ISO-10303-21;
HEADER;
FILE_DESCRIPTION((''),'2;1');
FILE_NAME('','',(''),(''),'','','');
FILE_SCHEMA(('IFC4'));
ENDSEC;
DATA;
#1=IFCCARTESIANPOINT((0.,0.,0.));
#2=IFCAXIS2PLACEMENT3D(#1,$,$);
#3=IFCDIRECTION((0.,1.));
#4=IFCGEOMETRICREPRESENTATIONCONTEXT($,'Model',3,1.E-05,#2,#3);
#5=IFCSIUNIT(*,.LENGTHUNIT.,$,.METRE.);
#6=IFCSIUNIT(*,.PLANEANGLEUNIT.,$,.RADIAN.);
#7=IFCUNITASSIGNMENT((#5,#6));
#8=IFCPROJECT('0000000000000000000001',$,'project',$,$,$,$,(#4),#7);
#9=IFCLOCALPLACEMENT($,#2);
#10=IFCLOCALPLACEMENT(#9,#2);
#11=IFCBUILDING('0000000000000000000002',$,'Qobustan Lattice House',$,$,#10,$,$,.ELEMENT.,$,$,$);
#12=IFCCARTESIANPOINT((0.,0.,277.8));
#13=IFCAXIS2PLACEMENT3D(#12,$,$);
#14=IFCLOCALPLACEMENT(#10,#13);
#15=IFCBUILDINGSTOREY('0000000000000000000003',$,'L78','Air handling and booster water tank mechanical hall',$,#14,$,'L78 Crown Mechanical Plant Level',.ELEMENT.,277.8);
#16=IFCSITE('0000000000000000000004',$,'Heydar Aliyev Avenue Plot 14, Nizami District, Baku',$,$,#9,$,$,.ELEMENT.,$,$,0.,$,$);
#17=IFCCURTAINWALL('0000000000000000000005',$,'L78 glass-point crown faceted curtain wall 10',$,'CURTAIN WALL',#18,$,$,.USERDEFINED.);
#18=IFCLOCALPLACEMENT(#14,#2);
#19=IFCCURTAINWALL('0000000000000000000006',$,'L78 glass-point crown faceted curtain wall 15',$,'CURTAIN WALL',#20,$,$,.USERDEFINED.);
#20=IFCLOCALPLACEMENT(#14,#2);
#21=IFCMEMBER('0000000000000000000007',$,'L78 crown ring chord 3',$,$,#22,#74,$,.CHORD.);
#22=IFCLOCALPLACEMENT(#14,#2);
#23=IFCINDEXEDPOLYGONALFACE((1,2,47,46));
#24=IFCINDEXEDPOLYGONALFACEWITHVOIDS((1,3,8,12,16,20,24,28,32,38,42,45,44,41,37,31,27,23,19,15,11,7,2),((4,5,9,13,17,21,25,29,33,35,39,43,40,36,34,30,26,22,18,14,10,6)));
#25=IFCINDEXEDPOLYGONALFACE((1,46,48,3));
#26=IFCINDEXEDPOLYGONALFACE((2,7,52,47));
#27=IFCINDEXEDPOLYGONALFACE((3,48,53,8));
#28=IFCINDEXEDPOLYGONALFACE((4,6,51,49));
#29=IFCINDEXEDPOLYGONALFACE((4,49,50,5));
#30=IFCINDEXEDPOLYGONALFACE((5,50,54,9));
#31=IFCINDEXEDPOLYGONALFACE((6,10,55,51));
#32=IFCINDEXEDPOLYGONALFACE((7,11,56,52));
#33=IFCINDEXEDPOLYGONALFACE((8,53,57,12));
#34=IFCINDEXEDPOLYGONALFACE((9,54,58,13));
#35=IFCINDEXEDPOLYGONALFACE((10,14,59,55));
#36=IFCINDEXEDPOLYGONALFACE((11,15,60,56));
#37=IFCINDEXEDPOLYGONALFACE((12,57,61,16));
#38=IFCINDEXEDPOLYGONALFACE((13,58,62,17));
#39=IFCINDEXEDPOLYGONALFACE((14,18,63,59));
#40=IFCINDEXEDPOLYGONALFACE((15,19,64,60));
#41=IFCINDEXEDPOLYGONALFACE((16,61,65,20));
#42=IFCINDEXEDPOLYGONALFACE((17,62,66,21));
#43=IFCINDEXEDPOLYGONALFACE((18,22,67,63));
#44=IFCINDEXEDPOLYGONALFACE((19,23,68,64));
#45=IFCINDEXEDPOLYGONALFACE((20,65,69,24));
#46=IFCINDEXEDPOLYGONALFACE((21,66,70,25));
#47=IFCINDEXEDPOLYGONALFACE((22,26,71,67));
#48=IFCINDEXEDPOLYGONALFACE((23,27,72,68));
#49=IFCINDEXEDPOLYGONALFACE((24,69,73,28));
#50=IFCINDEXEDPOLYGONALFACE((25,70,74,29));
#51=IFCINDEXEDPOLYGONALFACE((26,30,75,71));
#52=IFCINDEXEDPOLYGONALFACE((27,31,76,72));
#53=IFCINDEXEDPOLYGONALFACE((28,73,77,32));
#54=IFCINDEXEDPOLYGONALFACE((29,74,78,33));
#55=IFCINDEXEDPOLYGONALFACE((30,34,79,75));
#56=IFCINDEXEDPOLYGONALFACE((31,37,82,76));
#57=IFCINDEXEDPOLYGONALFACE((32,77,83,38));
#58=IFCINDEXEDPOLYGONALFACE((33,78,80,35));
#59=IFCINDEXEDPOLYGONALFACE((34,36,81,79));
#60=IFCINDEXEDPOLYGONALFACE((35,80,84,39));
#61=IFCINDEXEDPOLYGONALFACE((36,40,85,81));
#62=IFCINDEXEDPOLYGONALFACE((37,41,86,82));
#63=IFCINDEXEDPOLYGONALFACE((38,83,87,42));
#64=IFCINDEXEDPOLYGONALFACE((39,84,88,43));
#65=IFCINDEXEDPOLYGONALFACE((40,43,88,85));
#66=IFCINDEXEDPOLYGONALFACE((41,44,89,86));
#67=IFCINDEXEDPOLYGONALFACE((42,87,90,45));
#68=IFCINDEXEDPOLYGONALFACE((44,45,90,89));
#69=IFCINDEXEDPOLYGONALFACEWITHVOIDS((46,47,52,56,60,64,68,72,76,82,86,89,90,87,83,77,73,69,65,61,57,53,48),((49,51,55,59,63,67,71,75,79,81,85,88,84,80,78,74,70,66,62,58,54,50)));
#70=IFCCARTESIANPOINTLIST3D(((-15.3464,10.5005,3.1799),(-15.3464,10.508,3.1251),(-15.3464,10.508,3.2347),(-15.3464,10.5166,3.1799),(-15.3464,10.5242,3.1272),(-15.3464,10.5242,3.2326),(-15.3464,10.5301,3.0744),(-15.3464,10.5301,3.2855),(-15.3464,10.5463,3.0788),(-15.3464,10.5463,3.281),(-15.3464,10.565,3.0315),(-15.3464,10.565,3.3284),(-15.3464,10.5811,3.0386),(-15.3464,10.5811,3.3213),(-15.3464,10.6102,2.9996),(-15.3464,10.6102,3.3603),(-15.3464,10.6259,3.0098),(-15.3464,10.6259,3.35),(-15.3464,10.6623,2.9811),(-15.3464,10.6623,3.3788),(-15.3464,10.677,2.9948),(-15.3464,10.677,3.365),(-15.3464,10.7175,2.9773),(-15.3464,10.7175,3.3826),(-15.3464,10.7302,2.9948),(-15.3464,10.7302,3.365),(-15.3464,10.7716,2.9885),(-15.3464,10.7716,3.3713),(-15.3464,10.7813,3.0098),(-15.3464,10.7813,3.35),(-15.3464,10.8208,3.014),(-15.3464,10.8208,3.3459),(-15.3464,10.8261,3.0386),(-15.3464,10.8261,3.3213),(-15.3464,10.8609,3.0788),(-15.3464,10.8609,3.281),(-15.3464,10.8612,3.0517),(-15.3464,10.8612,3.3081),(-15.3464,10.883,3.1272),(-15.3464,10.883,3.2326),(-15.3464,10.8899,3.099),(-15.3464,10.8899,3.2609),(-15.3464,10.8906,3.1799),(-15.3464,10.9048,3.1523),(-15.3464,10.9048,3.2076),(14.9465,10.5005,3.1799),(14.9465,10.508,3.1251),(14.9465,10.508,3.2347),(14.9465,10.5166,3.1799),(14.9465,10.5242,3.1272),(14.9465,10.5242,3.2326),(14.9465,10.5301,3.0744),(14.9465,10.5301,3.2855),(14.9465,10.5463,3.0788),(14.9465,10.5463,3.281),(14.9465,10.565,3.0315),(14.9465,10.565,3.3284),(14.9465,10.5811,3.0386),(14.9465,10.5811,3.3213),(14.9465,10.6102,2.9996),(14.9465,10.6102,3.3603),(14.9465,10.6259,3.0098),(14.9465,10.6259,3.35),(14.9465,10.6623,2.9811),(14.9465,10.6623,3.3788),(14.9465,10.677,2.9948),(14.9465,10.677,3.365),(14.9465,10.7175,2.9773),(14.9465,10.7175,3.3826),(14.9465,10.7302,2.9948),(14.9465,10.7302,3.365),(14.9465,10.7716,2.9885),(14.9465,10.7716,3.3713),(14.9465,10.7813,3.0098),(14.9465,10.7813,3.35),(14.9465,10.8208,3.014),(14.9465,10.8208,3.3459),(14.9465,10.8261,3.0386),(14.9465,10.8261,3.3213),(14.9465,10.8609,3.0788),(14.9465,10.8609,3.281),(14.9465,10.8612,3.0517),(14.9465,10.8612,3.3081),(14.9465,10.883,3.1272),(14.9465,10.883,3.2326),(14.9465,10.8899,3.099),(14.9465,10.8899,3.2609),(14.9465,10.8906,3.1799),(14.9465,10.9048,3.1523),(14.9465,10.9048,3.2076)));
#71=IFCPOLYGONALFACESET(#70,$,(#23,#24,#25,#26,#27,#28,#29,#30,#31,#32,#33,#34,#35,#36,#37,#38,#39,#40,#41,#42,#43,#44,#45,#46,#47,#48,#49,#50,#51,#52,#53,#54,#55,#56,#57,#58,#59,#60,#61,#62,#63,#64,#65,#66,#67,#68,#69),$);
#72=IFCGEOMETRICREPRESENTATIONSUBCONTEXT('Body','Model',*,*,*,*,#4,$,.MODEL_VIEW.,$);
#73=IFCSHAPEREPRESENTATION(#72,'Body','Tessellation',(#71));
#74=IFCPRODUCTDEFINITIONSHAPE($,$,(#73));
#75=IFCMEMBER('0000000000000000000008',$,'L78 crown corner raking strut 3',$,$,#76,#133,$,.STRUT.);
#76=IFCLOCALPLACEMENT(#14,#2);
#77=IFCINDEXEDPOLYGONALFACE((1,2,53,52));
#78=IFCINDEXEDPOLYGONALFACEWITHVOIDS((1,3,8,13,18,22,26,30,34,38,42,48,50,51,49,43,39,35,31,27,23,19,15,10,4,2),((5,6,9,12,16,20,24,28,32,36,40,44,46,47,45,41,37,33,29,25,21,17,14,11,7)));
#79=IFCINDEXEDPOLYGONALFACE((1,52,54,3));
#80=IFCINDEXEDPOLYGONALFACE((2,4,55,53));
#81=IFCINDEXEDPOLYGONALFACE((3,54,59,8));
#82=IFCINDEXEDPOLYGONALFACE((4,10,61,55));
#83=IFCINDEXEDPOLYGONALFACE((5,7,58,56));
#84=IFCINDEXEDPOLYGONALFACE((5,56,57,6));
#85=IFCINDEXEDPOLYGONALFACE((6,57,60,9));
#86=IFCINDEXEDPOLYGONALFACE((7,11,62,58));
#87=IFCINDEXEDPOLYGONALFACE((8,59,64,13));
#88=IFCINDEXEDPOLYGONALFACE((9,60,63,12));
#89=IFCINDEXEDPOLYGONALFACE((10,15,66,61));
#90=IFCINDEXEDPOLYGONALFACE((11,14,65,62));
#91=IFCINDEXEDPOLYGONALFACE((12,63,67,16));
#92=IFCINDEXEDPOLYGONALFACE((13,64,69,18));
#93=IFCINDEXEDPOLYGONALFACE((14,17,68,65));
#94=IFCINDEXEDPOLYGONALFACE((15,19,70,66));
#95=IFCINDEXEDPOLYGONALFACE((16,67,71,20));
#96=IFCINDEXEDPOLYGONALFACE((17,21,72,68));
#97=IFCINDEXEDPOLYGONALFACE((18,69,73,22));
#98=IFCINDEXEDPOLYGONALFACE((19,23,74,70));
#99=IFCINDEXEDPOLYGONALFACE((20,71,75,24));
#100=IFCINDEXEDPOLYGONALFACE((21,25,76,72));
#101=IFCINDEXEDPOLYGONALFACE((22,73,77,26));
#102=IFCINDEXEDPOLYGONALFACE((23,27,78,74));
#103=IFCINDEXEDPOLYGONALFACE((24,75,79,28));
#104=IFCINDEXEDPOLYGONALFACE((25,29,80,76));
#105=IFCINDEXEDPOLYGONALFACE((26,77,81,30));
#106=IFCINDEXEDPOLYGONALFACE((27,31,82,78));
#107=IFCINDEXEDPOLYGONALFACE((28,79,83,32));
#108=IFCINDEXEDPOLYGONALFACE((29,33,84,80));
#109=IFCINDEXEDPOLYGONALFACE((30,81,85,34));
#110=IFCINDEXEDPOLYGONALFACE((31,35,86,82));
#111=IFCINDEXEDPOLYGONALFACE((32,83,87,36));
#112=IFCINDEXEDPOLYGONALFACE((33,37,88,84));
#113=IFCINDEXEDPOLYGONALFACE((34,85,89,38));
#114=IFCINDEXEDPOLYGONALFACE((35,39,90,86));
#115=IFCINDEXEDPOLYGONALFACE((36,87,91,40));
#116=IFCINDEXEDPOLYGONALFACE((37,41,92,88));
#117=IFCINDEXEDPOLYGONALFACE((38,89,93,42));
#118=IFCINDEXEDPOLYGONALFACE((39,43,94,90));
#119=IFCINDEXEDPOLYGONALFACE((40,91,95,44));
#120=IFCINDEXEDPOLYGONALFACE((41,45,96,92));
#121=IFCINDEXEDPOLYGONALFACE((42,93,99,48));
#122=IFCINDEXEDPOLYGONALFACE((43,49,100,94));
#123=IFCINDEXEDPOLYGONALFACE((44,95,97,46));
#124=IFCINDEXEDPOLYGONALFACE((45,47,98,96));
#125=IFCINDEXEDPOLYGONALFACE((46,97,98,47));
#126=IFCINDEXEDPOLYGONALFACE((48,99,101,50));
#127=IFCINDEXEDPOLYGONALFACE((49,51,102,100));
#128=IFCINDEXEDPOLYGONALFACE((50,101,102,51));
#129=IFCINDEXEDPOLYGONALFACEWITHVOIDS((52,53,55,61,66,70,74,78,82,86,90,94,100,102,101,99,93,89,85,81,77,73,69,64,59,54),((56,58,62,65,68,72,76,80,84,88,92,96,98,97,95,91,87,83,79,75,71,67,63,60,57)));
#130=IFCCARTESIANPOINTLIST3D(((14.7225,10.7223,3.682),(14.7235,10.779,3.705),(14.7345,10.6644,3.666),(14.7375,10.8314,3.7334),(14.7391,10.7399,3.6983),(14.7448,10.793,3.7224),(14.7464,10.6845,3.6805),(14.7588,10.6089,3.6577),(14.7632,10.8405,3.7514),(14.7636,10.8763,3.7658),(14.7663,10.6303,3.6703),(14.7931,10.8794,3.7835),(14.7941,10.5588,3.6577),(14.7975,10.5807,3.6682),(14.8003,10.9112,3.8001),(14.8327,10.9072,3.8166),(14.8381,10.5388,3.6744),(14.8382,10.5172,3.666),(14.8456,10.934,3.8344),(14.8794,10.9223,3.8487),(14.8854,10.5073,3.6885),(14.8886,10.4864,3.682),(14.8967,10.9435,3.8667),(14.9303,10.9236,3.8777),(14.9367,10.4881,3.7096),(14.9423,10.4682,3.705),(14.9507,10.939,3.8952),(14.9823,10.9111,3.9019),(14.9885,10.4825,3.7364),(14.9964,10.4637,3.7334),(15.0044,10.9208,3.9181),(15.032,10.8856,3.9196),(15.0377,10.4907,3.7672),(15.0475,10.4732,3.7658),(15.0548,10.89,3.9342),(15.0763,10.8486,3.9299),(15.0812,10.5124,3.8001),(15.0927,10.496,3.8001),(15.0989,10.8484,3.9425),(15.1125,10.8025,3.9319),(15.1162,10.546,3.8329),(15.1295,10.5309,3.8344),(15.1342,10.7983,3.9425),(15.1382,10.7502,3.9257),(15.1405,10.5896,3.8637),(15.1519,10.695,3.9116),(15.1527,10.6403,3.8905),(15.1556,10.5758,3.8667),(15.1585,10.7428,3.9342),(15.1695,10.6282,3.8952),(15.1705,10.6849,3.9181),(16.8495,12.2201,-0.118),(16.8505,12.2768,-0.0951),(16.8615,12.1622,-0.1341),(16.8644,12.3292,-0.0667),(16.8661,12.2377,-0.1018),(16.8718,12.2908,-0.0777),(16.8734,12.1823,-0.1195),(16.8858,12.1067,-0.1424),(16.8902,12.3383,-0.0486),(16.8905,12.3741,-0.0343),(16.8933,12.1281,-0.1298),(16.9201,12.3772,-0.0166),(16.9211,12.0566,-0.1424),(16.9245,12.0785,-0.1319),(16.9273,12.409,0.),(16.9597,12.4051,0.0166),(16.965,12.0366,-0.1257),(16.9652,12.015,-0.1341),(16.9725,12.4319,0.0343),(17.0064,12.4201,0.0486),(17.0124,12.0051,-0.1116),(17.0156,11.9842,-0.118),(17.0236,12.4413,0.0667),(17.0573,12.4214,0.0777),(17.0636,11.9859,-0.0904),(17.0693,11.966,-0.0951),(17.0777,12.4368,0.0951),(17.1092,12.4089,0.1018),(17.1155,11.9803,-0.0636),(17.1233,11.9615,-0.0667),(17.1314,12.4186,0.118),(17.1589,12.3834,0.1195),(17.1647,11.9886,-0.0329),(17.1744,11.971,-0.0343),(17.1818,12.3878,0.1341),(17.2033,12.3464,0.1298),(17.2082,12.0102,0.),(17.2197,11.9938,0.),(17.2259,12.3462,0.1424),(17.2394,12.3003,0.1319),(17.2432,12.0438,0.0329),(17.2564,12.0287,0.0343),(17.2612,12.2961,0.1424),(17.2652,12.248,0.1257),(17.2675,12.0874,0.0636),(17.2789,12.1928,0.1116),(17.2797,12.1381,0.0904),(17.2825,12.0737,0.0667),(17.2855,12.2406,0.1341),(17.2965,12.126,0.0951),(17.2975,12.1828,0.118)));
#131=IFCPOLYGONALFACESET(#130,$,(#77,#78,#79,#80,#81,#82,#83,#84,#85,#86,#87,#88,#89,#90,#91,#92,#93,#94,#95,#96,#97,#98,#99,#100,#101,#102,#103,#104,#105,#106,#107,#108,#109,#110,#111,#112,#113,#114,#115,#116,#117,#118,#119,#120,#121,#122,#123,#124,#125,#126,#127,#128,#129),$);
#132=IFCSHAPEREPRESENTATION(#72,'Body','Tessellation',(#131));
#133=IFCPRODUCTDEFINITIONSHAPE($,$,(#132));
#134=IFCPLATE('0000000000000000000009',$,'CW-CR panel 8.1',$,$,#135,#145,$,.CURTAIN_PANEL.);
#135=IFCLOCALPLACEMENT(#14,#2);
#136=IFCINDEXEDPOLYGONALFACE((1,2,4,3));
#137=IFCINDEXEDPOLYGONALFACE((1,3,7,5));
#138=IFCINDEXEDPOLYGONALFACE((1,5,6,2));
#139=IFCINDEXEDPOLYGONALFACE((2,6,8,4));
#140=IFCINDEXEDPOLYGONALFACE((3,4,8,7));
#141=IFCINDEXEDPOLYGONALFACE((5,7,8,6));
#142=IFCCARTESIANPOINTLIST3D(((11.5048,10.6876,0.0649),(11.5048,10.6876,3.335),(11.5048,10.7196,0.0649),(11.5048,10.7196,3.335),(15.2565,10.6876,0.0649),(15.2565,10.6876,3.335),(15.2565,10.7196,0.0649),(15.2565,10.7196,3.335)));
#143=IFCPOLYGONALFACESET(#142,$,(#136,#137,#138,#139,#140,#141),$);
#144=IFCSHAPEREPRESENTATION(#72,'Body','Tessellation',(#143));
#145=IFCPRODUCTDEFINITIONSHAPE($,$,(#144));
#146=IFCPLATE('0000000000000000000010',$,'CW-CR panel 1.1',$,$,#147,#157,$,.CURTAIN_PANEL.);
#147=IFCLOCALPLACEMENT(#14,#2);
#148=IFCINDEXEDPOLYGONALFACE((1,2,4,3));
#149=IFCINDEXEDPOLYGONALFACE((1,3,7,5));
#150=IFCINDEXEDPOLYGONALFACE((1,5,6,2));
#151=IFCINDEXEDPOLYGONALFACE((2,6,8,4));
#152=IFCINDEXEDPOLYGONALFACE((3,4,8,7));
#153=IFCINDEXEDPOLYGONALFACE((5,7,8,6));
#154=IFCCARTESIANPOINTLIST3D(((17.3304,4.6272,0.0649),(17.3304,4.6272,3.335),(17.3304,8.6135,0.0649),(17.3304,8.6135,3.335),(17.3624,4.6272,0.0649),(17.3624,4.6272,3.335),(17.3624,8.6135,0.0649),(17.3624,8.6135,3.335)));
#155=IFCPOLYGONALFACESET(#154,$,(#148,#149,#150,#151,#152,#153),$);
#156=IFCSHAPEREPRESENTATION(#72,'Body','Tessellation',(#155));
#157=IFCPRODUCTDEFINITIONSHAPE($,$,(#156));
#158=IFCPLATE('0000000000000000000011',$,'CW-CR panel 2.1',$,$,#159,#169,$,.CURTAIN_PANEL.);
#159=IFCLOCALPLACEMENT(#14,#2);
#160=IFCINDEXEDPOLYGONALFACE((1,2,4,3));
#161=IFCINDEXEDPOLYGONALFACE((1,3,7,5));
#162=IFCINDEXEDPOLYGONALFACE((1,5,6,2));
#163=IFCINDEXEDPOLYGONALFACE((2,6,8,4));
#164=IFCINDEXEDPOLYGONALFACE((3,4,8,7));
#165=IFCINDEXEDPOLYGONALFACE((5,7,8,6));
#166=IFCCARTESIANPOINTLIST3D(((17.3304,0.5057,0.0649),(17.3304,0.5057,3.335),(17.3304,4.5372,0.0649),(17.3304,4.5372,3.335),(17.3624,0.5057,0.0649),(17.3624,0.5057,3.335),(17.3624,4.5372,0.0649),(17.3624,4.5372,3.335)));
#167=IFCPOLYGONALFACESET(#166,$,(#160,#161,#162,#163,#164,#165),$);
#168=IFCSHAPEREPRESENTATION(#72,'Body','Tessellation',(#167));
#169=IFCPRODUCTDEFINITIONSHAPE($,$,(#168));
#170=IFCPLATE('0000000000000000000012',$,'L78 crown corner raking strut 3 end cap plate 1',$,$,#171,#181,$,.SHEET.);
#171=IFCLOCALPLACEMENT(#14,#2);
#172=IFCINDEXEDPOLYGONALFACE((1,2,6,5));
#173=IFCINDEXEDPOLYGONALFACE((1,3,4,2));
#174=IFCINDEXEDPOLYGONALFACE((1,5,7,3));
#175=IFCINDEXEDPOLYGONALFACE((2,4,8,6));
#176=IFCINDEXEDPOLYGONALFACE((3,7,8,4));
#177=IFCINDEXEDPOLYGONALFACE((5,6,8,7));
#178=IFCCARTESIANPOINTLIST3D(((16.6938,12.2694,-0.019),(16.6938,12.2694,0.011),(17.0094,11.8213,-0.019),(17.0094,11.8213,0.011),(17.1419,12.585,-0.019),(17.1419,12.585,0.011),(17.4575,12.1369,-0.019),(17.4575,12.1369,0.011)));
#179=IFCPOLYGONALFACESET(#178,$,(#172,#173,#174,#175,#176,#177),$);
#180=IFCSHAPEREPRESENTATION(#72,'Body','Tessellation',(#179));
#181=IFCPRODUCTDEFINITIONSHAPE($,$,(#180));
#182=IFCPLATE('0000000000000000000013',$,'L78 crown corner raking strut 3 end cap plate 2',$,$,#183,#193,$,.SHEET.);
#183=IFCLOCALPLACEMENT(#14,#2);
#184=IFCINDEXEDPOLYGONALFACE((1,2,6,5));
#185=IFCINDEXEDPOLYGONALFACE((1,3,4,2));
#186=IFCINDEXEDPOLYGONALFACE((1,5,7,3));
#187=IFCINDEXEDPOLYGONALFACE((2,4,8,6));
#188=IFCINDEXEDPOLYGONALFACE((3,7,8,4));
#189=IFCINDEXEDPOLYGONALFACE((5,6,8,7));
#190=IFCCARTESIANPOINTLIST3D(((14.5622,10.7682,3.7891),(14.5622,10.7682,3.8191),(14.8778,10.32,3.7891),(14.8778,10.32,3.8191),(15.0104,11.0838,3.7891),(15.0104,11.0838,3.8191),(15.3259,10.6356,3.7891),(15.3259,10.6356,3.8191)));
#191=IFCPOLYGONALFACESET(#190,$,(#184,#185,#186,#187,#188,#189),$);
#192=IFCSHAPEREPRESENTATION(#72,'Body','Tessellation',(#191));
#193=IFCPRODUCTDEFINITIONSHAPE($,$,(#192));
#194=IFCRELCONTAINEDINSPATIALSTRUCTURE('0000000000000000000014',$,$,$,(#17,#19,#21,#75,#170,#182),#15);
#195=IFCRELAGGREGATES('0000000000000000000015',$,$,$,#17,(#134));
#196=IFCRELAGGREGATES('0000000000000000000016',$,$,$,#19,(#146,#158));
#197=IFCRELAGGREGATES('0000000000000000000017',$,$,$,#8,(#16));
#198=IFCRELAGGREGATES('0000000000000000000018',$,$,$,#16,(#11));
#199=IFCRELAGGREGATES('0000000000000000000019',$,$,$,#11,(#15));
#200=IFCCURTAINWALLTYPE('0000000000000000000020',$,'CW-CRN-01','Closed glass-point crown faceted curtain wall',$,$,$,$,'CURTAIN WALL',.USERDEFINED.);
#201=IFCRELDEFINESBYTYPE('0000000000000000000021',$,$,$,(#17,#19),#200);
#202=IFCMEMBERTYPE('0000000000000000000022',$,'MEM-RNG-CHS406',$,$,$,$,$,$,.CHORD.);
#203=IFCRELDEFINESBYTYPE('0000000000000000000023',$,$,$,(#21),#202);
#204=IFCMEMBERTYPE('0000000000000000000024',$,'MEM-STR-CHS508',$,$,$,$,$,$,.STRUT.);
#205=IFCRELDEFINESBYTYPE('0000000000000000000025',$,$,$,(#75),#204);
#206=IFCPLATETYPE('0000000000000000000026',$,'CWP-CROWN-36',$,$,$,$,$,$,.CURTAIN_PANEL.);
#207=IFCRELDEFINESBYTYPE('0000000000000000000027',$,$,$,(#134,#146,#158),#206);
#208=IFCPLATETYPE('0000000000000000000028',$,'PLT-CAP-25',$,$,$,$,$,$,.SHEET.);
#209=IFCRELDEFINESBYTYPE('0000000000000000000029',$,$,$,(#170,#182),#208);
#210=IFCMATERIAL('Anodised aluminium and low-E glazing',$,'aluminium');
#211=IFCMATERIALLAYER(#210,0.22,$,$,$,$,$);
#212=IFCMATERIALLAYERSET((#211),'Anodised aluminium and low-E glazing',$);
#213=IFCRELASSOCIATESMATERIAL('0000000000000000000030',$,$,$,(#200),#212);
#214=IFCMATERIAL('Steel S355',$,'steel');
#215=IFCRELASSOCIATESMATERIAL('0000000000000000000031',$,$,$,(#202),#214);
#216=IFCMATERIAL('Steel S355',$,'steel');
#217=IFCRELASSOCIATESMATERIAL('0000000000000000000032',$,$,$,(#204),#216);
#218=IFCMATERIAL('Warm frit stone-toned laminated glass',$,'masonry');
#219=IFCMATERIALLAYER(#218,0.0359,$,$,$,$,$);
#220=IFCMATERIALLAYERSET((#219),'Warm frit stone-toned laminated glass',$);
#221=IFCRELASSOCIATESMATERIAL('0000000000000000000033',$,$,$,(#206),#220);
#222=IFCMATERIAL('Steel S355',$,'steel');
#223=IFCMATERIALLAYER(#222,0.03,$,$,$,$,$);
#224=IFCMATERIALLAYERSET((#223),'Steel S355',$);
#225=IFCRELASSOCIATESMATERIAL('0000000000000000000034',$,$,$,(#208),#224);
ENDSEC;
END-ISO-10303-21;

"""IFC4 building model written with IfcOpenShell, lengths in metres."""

from ifc_helpers import new_model, si_unit, direction, frame, origin, origin_2d, place, context, subcontext, project, spatial, rectangle, hollow_circle, extrude, material, layer, layer_set, material_profile, profile_set, type_object, element, aggregate, save


model = new_model("IFC4")

# Units and contexts
model_context = context("Model", 3, precision=1e-05, world=origin(), true_north=direction((0.0, 1.0)))
body_context = subcontext(model_context, "Body", "Model", "MODEL_VIEW")
ifc_project = project(units=[si_unit("LENGTHUNIT", "METRE"), si_unit("PLANEANGLEUNIT", "RADIAN")], contexts=[model_context])

# Site, building, storey
site_placement = place(None, origin())
site = spatial("IfcSite", under=ifc_project, at=site_placement, Name="Heydar Aliyev Avenue Plot 14, Nizami District, Baku", CompositionType="ELEMENT", RefElevation=0.0)
building_placement = place(site_placement, origin())
building = spatial("IfcBuilding", under=site, at=building_placement, Name="Qobustan Lattice House", CompositionType="ELEMENT")
storey_placement = place(building_placement, frame((0.0, 0.0, 277.8)))
storey = spatial("IfcBuildingStorey", under=building, at=storey_placement, Name="L78", Description="Air handling and booster water tank mechanical hall", LongName="L78 Crown Mechanical Plant Level", CompositionType="ELEMENT", Elevation=277.8)

# Curtain walls
ifc_material_1 = material(Name="Anodised aluminium and low-E glazing", Category="aluminium")
ifc_layer_1 = layer(ifc_material_1, 0.22)
ifc_layer_set_1 = layer_set([ifc_layer_1], Name="Anodised aluminium and low-E glazing")
curtain_wall_type = type_object("IfcCurtainWallType", Name="CW-CRN-01", Description="Closed glass-point crown faceted curtain wall", ElementType="CURTAIN WALL", PredefinedType="USERDEFINED", material=ifc_layer_set_1)
curtain_wall_1_placement = place(storey_placement, origin())
curtain_wall_1 = element("IfcCurtainWall", 1, at=curtain_wall_1_placement, inside=storey, type_object=curtain_wall_type, Name="L78 glass-point crown faceted curtain wall 10", ObjectType="CURTAIN WALL", PredefinedType="USERDEFINED")
curtain_wall_2_placement = place(storey_placement, origin())
curtain_wall_2 = element("IfcCurtainWall", 2, at=curtain_wall_2_placement, inside=storey, type_object=curtain_wall_type, Name="L78 glass-point crown faceted curtain wall 15", ObjectType="CURTAIN WALL", PredefinedType="USERDEFINED")

# Members
ifc_material_2 = material(Name="Steel S355", Category="steel")
ifc_material_profile_1 = material_profile(ifc_material_2, hollow_circle(Radius=0.2031, WallThickness=0.0161, at=origin_2d()), Name="CHS406.4x16")
ifc_profile_set_1 = profile_set([ifc_material_profile_1], Name="Steel S355")
member_type_1 = type_object("IfcMemberType", Name="MEM-RNG-CHS406", PredefinedType="CHORD", material=ifc_profile_set_1)
member_1_placement = place(storey_placement, frame((14.9465, 10.7036, 3.1799), z_axis=(-1.0, 0.0, 0.0), x_axis=(0.0, -1.0, 0.0)))
element("IfcMember", 3, at=member_1_placement, inside=storey, type_object=member_type_1, Name="L78 crown ring chord 3", PredefinedType="CHORD", context=body_context, shape_type="SweptSolid", body=[
    extrude(hollow_circle(Radius=0.2031, WallThickness=0.0161, at=origin_2d()), origin(), (0.0, 0.0, 1.0), 30.293),
])
ifc_material_3 = material(Name="Steel S355", Category="steel")
ifc_material_profile_2 = material_profile(ifc_material_3, hollow_circle(Radius=0.2539, WallThickness=0.02, at=origin_2d()), Name="CHS508x20")
ifc_profile_set_2 = profile_set([ifc_material_profile_2], Name="Steel S355")
member_type_2 = type_object("IfcMemberType", Name="MEM-STR-CHS508", PredefinedType="STRUT", material=ifc_profile_set_2)
member_2_placement = place(storey_placement, frame((17.0735, 12.2014, 0.0), z_axis=(-0.461861, -0.325243, 0.825168), x_axis=(0.575765, -0.817615, 0.0)))
element("IfcMember", 4, at=member_2_placement, inside=storey, type_object=member_type_2, Name="L78 crown corner raking strut 3", PredefinedType="STRUT", context=body_context, shape_type="SweptSolid", body=[
    extrude(hollow_circle(Radius=0.2539, WallThickness=0.02, at=origin_2d()), origin(), (0.0, 0.0, 1.0), 4.6052),
])

# Plates
ifc_material_4 = material(Name="Warm frit stone-toned laminated glass", Category="masonry")
ifc_layer_2 = layer(ifc_material_4, 0.0359)
ifc_layer_set_2 = layer_set([ifc_layer_2], Name="Warm frit stone-toned laminated glass")
plate_type_1 = type_object("IfcPlateType", Name="CWP-CROWN-36", PredefinedType="CURTAIN_PANEL", material=ifc_layer_set_2)
plate_1_placement = place(storey_placement, frame((13.3806, 10.7036, 0.0649), z_axis=(0.0, 0.0, 1.0), x_axis=(1.0, 0.0, 0.0)))
plate_1 = element("IfcPlate", 5, at=plate_1_placement, type_object=plate_type_1, Name="CW-CR panel 8.1", PredefinedType="CURTAIN_PANEL", context=body_context, shape_type="SweptSolid", body=[
    extrude(rectangle(XDim=3.7517, YDim=0.032, at=origin_2d()), origin(), (0.0, 0.0, 1.0), 3.27),
])
aggregate(curtain_wall_1, [plate_1])
plate_2_placement = place(storey_placement, frame((17.3464, 6.6204, 0.0649), z_axis=(0.0, 0.0, 1.0), x_axis=(0.0, -1.0, 0.0)))
plate_2 = element("IfcPlate", 6, at=plate_2_placement, type_object=plate_type_1, Name="CW-CR panel 1.1", PredefinedType="CURTAIN_PANEL", context=body_context, shape_type="SweptSolid", body=[
    extrude(rectangle(XDim=3.9863, YDim=0.032, at=origin_2d()), origin(), (0.0, 0.0, 1.0), 3.27),
])
plate_3_placement = place(storey_placement, frame((17.3464, 2.5215, 0.0649), z_axis=(0.0, 0.0, 1.0), x_axis=(0.0, -1.0, 0.0)))
plate_3 = element("IfcPlate", 7, at=plate_3_placement, type_object=plate_type_1, Name="CW-CR panel 2.1", PredefinedType="CURTAIN_PANEL", context=body_context, shape_type="SweptSolid", body=[
    extrude(rectangle(XDim=4.0315, YDim=0.032, at=origin_2d()), origin(), (0.0, 0.0, 1.0), 3.27),
])
aggregate(curtain_wall_2, [plate_2, plate_3])

# Plates
ifc_material_5 = material(Name="Steel S355", Category="steel")
ifc_layer_3 = layer(ifc_material_5, 0.03)
ifc_layer_set_3 = layer_set([ifc_layer_3], Name="Steel S355")
plate_type_2 = type_object("IfcPlateType", Name="PLT-CAP-25", PredefinedType="SHEET", material=ifc_layer_set_3)
for number, where, z_axis, x_axis, name in (
    (8, (17.0757, 12.2031, -0.019), (0.0, 0.0, 1.0), (-0.817587, -0.575805, 0.0), "L78 crown corner raking strut 3 end cap plate 1"),
    (9, (14.9441, 10.7019, 3.7891), (0.0, 0.0, 1.0), (-0.817587, -0.575805, 0.0), "L78 crown corner raking strut 3 end cap plate 2"),
):
    element("IfcPlate", number, at=place(storey_placement, frame(where, z_axis=z_axis, x_axis=x_axis)), inside=storey, type_object=plate_type_2, Name=name, PredefinedType="SHEET", context=body_context, shape_type="SweptSolid", body=[
        extrude(rectangle(XDim=0.5481, YDim=0.5481, at=origin_2d()), origin(), (0.0, 0.0, 1.0), 0.03),
    ])

save(model, "model.ifc")
